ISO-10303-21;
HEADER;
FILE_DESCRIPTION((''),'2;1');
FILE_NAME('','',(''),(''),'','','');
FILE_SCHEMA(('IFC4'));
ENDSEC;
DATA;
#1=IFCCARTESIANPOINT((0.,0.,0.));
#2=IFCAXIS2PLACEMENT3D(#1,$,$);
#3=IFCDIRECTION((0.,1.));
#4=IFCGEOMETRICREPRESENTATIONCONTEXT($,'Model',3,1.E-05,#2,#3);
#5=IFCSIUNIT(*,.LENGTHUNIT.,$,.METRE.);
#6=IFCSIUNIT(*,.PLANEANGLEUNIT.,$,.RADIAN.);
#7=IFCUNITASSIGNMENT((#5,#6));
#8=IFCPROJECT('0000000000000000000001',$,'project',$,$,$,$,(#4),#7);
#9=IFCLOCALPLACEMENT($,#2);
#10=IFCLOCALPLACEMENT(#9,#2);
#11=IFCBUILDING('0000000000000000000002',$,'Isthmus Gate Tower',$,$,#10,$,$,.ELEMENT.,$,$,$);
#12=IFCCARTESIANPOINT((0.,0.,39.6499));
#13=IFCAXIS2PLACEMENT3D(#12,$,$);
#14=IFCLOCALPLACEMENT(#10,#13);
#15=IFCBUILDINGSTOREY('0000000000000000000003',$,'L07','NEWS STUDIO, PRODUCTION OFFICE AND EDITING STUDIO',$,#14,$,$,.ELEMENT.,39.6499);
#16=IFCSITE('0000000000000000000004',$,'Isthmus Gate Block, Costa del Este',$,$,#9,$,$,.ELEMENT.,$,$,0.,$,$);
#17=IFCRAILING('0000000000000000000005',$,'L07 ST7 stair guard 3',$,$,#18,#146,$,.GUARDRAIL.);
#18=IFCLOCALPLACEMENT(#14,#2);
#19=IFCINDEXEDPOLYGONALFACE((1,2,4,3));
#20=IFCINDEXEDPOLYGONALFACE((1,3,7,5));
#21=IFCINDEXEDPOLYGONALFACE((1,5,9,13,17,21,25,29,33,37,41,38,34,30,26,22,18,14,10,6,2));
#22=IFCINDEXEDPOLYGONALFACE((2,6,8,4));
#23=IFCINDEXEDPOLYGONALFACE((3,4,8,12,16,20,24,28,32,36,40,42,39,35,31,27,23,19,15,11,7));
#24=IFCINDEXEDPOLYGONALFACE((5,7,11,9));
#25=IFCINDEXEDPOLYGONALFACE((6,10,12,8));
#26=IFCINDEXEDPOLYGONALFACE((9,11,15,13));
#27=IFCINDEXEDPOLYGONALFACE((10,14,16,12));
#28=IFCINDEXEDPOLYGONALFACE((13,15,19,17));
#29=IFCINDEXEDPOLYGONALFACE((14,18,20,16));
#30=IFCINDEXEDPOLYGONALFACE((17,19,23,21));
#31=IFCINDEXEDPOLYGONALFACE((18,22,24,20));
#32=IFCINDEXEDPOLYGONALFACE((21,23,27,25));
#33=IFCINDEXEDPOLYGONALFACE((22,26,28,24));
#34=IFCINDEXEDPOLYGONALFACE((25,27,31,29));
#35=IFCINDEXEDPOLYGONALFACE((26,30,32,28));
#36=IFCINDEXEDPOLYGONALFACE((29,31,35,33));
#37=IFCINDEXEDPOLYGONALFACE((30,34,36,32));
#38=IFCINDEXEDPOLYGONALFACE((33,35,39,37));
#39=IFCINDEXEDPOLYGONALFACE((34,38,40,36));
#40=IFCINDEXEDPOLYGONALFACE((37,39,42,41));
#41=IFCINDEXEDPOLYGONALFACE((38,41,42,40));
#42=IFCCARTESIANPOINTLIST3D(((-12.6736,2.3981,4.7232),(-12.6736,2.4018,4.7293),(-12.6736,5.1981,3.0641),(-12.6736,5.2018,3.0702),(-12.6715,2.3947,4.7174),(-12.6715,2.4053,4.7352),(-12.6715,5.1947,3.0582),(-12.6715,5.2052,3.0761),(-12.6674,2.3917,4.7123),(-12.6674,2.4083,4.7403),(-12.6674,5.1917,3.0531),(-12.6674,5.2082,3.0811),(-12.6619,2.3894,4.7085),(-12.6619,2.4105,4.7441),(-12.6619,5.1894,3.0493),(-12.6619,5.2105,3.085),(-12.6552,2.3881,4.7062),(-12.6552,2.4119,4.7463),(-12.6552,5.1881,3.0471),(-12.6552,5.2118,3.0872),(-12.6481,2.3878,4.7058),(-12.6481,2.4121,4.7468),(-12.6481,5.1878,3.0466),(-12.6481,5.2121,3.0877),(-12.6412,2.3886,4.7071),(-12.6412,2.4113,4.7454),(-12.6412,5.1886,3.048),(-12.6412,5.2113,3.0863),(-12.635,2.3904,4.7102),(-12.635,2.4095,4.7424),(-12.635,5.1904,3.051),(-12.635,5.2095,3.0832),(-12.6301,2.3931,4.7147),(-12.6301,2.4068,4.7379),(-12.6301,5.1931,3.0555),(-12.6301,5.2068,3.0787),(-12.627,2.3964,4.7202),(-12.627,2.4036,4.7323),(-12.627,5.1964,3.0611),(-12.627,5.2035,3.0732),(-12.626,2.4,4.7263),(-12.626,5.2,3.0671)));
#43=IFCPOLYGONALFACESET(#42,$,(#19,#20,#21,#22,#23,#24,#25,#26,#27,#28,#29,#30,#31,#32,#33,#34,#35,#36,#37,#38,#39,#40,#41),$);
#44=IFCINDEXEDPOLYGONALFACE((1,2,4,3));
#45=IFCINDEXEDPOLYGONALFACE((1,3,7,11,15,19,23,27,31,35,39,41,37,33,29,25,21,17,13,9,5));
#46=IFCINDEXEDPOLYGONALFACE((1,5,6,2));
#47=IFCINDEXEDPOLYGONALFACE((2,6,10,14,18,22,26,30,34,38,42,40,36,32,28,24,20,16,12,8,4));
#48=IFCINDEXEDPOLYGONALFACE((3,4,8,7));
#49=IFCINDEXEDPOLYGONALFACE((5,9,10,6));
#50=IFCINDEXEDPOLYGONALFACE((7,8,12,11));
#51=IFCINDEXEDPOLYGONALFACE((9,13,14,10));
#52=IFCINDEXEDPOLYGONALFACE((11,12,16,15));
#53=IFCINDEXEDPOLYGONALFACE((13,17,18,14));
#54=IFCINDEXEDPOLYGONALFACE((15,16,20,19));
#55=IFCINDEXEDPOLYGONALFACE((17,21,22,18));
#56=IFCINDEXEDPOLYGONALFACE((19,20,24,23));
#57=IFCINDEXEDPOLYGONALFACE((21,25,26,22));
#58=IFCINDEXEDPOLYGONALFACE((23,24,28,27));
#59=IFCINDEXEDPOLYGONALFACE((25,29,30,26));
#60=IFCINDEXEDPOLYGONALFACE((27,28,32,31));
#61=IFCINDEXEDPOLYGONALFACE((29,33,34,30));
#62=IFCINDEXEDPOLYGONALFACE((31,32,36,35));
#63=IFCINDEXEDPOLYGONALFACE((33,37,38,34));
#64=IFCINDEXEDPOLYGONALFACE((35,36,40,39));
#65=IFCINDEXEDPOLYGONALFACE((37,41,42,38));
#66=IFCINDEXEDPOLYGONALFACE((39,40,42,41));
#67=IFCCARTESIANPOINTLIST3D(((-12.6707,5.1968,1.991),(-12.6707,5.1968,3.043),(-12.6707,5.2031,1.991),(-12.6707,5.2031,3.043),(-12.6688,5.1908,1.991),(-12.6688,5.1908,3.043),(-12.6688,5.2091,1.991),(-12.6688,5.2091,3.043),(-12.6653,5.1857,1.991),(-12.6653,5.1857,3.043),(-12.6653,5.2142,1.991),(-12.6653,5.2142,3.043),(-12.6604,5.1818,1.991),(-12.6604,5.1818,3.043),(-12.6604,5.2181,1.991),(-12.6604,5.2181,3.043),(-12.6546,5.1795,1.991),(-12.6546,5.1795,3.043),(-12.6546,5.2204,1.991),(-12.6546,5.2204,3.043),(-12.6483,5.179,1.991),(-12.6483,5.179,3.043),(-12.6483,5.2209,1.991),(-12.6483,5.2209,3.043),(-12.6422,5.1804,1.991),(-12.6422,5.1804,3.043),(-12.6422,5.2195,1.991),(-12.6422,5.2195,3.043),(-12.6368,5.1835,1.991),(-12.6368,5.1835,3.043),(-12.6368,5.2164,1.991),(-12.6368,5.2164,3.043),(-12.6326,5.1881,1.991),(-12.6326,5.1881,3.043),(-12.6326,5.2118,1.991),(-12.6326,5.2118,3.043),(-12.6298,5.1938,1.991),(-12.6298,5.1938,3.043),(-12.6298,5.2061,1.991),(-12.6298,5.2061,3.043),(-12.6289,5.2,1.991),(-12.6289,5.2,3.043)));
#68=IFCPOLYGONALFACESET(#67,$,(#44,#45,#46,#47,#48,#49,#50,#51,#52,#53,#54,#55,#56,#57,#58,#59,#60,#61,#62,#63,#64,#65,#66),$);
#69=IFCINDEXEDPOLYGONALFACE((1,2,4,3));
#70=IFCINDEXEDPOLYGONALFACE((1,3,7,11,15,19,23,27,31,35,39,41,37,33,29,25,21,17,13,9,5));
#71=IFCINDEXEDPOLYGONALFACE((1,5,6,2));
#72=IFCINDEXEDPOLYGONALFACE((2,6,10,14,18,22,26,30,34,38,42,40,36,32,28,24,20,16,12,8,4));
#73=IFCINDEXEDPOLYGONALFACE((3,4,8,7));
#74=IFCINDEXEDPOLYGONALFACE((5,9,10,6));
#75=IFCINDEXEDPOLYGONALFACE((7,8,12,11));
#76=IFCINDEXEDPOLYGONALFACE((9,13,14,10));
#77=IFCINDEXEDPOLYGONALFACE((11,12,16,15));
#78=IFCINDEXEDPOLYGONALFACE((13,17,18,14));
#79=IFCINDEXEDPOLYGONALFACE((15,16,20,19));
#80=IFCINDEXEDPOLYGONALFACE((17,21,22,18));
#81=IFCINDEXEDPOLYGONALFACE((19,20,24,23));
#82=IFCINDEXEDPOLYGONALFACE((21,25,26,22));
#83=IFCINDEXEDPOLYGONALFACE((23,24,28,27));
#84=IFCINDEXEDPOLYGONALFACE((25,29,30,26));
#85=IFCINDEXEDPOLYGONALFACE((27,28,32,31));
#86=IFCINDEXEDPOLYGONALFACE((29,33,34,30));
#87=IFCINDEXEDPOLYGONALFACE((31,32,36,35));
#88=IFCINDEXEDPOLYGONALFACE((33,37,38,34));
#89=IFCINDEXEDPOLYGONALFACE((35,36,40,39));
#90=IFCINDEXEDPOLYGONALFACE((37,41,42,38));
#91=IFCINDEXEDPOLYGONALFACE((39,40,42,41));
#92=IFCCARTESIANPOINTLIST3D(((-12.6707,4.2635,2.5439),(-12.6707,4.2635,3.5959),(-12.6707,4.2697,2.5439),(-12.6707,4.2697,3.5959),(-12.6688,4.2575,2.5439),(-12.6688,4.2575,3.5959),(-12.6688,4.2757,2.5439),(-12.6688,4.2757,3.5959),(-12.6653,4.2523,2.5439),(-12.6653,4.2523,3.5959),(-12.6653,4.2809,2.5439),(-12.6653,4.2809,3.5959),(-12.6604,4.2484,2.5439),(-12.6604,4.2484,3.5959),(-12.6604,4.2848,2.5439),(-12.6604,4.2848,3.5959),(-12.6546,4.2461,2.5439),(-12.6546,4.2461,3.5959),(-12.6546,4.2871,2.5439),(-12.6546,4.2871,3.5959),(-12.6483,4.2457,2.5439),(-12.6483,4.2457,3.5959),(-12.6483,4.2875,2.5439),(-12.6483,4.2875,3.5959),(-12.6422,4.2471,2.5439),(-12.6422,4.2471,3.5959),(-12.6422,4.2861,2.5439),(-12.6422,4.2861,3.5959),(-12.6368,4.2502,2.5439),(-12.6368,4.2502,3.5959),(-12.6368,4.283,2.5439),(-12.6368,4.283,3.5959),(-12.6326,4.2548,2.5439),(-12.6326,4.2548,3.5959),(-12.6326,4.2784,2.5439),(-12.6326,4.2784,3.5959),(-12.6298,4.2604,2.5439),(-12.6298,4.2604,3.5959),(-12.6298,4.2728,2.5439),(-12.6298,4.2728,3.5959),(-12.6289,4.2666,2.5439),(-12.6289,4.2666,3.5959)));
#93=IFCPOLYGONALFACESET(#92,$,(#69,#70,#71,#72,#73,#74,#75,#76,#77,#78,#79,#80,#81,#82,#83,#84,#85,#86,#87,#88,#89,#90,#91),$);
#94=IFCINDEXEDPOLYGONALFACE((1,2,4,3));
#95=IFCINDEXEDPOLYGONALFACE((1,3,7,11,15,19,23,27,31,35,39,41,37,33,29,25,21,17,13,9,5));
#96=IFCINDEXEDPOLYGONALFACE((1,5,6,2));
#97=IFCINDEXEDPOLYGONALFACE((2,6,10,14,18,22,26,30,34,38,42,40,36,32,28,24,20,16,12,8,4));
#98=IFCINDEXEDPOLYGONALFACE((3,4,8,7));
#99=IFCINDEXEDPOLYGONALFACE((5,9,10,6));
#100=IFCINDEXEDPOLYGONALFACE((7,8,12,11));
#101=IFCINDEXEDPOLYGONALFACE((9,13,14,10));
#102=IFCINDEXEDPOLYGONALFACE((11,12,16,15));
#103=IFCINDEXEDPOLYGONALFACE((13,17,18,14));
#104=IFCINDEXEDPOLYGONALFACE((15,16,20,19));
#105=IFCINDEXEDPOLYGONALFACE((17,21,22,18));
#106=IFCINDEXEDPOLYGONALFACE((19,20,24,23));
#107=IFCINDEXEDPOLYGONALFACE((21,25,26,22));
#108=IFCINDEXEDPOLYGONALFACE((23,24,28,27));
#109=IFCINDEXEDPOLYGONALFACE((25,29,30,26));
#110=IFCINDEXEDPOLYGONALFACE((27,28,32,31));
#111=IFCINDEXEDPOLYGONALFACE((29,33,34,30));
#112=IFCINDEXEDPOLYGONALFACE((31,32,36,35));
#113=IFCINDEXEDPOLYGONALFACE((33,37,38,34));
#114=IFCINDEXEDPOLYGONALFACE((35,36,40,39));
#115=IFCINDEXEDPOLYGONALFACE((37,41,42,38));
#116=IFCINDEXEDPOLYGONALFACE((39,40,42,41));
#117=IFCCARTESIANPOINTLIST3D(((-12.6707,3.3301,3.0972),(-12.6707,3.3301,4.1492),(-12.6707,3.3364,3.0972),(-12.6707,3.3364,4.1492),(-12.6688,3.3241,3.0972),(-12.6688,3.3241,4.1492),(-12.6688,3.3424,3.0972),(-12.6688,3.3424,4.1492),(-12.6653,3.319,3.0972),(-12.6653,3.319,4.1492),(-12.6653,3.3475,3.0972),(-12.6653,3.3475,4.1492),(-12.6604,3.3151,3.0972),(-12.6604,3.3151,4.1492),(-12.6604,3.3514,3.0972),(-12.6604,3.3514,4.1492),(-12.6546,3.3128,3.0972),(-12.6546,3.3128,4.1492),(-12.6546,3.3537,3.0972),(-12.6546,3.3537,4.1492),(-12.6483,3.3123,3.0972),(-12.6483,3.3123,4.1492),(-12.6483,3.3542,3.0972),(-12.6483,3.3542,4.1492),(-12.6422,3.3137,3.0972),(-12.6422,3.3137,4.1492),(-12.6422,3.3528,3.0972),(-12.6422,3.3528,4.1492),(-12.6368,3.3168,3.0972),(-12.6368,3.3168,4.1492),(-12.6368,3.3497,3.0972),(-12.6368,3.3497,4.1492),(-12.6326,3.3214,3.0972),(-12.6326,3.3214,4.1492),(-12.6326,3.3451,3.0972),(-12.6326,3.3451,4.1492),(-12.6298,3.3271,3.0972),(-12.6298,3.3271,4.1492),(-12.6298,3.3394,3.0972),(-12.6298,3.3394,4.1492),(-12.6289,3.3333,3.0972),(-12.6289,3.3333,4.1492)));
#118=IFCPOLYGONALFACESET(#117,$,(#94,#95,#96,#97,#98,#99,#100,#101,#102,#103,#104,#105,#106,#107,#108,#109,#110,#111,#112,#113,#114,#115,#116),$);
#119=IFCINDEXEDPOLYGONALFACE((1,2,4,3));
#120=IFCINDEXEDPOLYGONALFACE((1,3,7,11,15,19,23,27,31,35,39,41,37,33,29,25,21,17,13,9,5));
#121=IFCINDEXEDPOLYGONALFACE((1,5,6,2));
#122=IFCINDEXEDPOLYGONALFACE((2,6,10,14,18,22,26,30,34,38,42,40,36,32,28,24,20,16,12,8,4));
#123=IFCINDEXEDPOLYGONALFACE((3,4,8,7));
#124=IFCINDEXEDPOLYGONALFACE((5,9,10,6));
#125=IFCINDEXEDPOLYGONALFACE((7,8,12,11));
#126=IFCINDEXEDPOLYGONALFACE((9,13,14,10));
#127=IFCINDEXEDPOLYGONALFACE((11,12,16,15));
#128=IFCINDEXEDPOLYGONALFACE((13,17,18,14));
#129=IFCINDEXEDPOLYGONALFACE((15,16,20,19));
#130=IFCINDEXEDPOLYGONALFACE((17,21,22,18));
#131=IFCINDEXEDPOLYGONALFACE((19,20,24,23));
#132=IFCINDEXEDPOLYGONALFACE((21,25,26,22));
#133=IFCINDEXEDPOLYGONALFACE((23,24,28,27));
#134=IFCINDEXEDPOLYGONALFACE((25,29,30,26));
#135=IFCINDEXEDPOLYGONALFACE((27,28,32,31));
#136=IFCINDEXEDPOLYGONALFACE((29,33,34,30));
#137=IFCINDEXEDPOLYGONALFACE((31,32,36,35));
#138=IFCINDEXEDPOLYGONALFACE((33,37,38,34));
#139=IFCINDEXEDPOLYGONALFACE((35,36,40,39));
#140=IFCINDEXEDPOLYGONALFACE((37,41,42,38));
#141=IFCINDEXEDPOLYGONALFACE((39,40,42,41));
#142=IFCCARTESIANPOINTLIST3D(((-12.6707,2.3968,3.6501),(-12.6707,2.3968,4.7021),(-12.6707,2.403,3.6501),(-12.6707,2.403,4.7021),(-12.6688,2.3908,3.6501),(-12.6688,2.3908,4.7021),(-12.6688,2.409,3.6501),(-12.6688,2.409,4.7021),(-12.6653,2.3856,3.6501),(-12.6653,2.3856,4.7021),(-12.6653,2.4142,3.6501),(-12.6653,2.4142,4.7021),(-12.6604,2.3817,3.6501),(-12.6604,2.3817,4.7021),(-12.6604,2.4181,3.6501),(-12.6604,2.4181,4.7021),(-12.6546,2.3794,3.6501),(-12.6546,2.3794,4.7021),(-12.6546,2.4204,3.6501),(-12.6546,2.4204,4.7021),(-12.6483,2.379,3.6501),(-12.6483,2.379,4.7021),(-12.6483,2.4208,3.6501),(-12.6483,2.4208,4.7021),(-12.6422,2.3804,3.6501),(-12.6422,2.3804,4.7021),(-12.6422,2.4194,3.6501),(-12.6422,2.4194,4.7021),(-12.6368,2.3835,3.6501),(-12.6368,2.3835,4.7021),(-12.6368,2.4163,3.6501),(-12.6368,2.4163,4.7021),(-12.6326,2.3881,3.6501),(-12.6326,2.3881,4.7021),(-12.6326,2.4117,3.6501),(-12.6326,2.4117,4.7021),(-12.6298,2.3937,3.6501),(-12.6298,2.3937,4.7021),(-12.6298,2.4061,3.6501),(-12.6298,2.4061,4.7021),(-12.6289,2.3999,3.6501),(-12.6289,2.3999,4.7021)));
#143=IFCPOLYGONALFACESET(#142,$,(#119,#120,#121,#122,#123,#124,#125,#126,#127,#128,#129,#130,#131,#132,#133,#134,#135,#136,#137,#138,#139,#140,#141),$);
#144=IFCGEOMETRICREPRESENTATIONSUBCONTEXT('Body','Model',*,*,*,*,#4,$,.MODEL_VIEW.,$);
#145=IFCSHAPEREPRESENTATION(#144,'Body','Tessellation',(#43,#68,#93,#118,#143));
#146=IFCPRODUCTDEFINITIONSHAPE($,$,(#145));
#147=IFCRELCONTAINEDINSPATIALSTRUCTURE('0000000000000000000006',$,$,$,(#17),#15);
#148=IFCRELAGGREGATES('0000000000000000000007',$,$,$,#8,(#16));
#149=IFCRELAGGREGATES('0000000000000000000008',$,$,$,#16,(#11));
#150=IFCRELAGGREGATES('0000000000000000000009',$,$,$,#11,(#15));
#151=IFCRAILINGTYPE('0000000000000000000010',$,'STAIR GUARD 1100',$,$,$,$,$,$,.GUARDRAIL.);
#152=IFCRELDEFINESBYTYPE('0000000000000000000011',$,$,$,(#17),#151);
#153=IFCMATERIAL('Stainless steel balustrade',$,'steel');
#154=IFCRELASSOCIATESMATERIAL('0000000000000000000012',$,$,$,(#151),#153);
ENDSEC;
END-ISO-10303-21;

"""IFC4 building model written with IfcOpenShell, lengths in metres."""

from ifc_helpers import new_model, si_unit, direction, frame, origin, origin_2d, place, context, subcontext, project, spatial, circle, extrude, material, type_object, element, save


model = new_model("IFC4")

# Units and contexts
model_context = context("Model", 3, precision=1e-05, world=origin(), true_north=direction((0.0, 1.0)))
body_context = subcontext(model_context, "Body", "Model", "MODEL_VIEW")
ifc_project = project(units=[si_unit("LENGTHUNIT", "METRE"), si_unit("PLANEANGLEUNIT", "RADIAN")], contexts=[model_context])

# Site, building, storey
site_placement = place(None, origin())
site = spatial("IfcSite", under=ifc_project, at=site_placement, Name="Isthmus Gate Block, Costa del Este", CompositionType="ELEMENT", RefElevation=0.0)
building_placement = place(site_placement, origin())
building = spatial("IfcBuilding", under=site, at=building_placement, Name="Isthmus Gate Tower", CompositionType="ELEMENT")
storey_placement = place(building_placement, frame((0.0, 0.0, 39.6499)))
storey = spatial("IfcBuildingStorey", under=building, at=storey_placement, Name="L07", Description="NEWS STUDIO, PRODUCTION OFFICE AND EDITING STUDIO", CompositionType="ELEMENT", Elevation=39.6499)

# Railing
ifc_material_1 = material(Name="Stainless steel balustrade", Category="steel")
railing_type_1 = type_object("IfcRailingType", Name="STAIR GUARD 1100", PredefinedType="GUARDRAIL", material=ifc_material_1)
railing_1_placement = place(storey_placement, frame((-12.6499, 5.2, 1.991)))
element("IfcRailing", 1, at=railing_1_placement, inside=storey, type_object=railing_type_1, Name="L07 ST7 stair guard 3", PredefinedType="GUARDRAIL", context=body_context, shape_type="SweptSolid", body=[
    extrude(circle(Radius=0.0239, at=origin_2d()), frame((0.0, 0.0, 1.0762), z_axis=(0.0, -0.860306, 0.509778), x_axis=(1.0, 0.0, 0.0)), (0.0, 0.0, 1.0), 3.2546),
    extrude(circle(Radius=0.021, at=origin_2d()), origin(), (0.0, 0.0, 1.0), 1.052),
    extrude(circle(Radius=0.021, at=origin_2d()), frame((0.0, -0.9333, 0.553)), (0.0, 0.0, 1.0), 1.052),
    extrude(circle(Radius=0.021, at=origin_2d()), frame((0.0, -1.8667, 1.1062)), (0.0, 0.0, 1.0), 1.052),
    extrude(circle(Radius=0.021, at=origin_2d()), frame((0.0, -2.8, 1.6592)), (0.0, 0.0, 1.0), 1.052),
])

save(model, "model.ifc")
